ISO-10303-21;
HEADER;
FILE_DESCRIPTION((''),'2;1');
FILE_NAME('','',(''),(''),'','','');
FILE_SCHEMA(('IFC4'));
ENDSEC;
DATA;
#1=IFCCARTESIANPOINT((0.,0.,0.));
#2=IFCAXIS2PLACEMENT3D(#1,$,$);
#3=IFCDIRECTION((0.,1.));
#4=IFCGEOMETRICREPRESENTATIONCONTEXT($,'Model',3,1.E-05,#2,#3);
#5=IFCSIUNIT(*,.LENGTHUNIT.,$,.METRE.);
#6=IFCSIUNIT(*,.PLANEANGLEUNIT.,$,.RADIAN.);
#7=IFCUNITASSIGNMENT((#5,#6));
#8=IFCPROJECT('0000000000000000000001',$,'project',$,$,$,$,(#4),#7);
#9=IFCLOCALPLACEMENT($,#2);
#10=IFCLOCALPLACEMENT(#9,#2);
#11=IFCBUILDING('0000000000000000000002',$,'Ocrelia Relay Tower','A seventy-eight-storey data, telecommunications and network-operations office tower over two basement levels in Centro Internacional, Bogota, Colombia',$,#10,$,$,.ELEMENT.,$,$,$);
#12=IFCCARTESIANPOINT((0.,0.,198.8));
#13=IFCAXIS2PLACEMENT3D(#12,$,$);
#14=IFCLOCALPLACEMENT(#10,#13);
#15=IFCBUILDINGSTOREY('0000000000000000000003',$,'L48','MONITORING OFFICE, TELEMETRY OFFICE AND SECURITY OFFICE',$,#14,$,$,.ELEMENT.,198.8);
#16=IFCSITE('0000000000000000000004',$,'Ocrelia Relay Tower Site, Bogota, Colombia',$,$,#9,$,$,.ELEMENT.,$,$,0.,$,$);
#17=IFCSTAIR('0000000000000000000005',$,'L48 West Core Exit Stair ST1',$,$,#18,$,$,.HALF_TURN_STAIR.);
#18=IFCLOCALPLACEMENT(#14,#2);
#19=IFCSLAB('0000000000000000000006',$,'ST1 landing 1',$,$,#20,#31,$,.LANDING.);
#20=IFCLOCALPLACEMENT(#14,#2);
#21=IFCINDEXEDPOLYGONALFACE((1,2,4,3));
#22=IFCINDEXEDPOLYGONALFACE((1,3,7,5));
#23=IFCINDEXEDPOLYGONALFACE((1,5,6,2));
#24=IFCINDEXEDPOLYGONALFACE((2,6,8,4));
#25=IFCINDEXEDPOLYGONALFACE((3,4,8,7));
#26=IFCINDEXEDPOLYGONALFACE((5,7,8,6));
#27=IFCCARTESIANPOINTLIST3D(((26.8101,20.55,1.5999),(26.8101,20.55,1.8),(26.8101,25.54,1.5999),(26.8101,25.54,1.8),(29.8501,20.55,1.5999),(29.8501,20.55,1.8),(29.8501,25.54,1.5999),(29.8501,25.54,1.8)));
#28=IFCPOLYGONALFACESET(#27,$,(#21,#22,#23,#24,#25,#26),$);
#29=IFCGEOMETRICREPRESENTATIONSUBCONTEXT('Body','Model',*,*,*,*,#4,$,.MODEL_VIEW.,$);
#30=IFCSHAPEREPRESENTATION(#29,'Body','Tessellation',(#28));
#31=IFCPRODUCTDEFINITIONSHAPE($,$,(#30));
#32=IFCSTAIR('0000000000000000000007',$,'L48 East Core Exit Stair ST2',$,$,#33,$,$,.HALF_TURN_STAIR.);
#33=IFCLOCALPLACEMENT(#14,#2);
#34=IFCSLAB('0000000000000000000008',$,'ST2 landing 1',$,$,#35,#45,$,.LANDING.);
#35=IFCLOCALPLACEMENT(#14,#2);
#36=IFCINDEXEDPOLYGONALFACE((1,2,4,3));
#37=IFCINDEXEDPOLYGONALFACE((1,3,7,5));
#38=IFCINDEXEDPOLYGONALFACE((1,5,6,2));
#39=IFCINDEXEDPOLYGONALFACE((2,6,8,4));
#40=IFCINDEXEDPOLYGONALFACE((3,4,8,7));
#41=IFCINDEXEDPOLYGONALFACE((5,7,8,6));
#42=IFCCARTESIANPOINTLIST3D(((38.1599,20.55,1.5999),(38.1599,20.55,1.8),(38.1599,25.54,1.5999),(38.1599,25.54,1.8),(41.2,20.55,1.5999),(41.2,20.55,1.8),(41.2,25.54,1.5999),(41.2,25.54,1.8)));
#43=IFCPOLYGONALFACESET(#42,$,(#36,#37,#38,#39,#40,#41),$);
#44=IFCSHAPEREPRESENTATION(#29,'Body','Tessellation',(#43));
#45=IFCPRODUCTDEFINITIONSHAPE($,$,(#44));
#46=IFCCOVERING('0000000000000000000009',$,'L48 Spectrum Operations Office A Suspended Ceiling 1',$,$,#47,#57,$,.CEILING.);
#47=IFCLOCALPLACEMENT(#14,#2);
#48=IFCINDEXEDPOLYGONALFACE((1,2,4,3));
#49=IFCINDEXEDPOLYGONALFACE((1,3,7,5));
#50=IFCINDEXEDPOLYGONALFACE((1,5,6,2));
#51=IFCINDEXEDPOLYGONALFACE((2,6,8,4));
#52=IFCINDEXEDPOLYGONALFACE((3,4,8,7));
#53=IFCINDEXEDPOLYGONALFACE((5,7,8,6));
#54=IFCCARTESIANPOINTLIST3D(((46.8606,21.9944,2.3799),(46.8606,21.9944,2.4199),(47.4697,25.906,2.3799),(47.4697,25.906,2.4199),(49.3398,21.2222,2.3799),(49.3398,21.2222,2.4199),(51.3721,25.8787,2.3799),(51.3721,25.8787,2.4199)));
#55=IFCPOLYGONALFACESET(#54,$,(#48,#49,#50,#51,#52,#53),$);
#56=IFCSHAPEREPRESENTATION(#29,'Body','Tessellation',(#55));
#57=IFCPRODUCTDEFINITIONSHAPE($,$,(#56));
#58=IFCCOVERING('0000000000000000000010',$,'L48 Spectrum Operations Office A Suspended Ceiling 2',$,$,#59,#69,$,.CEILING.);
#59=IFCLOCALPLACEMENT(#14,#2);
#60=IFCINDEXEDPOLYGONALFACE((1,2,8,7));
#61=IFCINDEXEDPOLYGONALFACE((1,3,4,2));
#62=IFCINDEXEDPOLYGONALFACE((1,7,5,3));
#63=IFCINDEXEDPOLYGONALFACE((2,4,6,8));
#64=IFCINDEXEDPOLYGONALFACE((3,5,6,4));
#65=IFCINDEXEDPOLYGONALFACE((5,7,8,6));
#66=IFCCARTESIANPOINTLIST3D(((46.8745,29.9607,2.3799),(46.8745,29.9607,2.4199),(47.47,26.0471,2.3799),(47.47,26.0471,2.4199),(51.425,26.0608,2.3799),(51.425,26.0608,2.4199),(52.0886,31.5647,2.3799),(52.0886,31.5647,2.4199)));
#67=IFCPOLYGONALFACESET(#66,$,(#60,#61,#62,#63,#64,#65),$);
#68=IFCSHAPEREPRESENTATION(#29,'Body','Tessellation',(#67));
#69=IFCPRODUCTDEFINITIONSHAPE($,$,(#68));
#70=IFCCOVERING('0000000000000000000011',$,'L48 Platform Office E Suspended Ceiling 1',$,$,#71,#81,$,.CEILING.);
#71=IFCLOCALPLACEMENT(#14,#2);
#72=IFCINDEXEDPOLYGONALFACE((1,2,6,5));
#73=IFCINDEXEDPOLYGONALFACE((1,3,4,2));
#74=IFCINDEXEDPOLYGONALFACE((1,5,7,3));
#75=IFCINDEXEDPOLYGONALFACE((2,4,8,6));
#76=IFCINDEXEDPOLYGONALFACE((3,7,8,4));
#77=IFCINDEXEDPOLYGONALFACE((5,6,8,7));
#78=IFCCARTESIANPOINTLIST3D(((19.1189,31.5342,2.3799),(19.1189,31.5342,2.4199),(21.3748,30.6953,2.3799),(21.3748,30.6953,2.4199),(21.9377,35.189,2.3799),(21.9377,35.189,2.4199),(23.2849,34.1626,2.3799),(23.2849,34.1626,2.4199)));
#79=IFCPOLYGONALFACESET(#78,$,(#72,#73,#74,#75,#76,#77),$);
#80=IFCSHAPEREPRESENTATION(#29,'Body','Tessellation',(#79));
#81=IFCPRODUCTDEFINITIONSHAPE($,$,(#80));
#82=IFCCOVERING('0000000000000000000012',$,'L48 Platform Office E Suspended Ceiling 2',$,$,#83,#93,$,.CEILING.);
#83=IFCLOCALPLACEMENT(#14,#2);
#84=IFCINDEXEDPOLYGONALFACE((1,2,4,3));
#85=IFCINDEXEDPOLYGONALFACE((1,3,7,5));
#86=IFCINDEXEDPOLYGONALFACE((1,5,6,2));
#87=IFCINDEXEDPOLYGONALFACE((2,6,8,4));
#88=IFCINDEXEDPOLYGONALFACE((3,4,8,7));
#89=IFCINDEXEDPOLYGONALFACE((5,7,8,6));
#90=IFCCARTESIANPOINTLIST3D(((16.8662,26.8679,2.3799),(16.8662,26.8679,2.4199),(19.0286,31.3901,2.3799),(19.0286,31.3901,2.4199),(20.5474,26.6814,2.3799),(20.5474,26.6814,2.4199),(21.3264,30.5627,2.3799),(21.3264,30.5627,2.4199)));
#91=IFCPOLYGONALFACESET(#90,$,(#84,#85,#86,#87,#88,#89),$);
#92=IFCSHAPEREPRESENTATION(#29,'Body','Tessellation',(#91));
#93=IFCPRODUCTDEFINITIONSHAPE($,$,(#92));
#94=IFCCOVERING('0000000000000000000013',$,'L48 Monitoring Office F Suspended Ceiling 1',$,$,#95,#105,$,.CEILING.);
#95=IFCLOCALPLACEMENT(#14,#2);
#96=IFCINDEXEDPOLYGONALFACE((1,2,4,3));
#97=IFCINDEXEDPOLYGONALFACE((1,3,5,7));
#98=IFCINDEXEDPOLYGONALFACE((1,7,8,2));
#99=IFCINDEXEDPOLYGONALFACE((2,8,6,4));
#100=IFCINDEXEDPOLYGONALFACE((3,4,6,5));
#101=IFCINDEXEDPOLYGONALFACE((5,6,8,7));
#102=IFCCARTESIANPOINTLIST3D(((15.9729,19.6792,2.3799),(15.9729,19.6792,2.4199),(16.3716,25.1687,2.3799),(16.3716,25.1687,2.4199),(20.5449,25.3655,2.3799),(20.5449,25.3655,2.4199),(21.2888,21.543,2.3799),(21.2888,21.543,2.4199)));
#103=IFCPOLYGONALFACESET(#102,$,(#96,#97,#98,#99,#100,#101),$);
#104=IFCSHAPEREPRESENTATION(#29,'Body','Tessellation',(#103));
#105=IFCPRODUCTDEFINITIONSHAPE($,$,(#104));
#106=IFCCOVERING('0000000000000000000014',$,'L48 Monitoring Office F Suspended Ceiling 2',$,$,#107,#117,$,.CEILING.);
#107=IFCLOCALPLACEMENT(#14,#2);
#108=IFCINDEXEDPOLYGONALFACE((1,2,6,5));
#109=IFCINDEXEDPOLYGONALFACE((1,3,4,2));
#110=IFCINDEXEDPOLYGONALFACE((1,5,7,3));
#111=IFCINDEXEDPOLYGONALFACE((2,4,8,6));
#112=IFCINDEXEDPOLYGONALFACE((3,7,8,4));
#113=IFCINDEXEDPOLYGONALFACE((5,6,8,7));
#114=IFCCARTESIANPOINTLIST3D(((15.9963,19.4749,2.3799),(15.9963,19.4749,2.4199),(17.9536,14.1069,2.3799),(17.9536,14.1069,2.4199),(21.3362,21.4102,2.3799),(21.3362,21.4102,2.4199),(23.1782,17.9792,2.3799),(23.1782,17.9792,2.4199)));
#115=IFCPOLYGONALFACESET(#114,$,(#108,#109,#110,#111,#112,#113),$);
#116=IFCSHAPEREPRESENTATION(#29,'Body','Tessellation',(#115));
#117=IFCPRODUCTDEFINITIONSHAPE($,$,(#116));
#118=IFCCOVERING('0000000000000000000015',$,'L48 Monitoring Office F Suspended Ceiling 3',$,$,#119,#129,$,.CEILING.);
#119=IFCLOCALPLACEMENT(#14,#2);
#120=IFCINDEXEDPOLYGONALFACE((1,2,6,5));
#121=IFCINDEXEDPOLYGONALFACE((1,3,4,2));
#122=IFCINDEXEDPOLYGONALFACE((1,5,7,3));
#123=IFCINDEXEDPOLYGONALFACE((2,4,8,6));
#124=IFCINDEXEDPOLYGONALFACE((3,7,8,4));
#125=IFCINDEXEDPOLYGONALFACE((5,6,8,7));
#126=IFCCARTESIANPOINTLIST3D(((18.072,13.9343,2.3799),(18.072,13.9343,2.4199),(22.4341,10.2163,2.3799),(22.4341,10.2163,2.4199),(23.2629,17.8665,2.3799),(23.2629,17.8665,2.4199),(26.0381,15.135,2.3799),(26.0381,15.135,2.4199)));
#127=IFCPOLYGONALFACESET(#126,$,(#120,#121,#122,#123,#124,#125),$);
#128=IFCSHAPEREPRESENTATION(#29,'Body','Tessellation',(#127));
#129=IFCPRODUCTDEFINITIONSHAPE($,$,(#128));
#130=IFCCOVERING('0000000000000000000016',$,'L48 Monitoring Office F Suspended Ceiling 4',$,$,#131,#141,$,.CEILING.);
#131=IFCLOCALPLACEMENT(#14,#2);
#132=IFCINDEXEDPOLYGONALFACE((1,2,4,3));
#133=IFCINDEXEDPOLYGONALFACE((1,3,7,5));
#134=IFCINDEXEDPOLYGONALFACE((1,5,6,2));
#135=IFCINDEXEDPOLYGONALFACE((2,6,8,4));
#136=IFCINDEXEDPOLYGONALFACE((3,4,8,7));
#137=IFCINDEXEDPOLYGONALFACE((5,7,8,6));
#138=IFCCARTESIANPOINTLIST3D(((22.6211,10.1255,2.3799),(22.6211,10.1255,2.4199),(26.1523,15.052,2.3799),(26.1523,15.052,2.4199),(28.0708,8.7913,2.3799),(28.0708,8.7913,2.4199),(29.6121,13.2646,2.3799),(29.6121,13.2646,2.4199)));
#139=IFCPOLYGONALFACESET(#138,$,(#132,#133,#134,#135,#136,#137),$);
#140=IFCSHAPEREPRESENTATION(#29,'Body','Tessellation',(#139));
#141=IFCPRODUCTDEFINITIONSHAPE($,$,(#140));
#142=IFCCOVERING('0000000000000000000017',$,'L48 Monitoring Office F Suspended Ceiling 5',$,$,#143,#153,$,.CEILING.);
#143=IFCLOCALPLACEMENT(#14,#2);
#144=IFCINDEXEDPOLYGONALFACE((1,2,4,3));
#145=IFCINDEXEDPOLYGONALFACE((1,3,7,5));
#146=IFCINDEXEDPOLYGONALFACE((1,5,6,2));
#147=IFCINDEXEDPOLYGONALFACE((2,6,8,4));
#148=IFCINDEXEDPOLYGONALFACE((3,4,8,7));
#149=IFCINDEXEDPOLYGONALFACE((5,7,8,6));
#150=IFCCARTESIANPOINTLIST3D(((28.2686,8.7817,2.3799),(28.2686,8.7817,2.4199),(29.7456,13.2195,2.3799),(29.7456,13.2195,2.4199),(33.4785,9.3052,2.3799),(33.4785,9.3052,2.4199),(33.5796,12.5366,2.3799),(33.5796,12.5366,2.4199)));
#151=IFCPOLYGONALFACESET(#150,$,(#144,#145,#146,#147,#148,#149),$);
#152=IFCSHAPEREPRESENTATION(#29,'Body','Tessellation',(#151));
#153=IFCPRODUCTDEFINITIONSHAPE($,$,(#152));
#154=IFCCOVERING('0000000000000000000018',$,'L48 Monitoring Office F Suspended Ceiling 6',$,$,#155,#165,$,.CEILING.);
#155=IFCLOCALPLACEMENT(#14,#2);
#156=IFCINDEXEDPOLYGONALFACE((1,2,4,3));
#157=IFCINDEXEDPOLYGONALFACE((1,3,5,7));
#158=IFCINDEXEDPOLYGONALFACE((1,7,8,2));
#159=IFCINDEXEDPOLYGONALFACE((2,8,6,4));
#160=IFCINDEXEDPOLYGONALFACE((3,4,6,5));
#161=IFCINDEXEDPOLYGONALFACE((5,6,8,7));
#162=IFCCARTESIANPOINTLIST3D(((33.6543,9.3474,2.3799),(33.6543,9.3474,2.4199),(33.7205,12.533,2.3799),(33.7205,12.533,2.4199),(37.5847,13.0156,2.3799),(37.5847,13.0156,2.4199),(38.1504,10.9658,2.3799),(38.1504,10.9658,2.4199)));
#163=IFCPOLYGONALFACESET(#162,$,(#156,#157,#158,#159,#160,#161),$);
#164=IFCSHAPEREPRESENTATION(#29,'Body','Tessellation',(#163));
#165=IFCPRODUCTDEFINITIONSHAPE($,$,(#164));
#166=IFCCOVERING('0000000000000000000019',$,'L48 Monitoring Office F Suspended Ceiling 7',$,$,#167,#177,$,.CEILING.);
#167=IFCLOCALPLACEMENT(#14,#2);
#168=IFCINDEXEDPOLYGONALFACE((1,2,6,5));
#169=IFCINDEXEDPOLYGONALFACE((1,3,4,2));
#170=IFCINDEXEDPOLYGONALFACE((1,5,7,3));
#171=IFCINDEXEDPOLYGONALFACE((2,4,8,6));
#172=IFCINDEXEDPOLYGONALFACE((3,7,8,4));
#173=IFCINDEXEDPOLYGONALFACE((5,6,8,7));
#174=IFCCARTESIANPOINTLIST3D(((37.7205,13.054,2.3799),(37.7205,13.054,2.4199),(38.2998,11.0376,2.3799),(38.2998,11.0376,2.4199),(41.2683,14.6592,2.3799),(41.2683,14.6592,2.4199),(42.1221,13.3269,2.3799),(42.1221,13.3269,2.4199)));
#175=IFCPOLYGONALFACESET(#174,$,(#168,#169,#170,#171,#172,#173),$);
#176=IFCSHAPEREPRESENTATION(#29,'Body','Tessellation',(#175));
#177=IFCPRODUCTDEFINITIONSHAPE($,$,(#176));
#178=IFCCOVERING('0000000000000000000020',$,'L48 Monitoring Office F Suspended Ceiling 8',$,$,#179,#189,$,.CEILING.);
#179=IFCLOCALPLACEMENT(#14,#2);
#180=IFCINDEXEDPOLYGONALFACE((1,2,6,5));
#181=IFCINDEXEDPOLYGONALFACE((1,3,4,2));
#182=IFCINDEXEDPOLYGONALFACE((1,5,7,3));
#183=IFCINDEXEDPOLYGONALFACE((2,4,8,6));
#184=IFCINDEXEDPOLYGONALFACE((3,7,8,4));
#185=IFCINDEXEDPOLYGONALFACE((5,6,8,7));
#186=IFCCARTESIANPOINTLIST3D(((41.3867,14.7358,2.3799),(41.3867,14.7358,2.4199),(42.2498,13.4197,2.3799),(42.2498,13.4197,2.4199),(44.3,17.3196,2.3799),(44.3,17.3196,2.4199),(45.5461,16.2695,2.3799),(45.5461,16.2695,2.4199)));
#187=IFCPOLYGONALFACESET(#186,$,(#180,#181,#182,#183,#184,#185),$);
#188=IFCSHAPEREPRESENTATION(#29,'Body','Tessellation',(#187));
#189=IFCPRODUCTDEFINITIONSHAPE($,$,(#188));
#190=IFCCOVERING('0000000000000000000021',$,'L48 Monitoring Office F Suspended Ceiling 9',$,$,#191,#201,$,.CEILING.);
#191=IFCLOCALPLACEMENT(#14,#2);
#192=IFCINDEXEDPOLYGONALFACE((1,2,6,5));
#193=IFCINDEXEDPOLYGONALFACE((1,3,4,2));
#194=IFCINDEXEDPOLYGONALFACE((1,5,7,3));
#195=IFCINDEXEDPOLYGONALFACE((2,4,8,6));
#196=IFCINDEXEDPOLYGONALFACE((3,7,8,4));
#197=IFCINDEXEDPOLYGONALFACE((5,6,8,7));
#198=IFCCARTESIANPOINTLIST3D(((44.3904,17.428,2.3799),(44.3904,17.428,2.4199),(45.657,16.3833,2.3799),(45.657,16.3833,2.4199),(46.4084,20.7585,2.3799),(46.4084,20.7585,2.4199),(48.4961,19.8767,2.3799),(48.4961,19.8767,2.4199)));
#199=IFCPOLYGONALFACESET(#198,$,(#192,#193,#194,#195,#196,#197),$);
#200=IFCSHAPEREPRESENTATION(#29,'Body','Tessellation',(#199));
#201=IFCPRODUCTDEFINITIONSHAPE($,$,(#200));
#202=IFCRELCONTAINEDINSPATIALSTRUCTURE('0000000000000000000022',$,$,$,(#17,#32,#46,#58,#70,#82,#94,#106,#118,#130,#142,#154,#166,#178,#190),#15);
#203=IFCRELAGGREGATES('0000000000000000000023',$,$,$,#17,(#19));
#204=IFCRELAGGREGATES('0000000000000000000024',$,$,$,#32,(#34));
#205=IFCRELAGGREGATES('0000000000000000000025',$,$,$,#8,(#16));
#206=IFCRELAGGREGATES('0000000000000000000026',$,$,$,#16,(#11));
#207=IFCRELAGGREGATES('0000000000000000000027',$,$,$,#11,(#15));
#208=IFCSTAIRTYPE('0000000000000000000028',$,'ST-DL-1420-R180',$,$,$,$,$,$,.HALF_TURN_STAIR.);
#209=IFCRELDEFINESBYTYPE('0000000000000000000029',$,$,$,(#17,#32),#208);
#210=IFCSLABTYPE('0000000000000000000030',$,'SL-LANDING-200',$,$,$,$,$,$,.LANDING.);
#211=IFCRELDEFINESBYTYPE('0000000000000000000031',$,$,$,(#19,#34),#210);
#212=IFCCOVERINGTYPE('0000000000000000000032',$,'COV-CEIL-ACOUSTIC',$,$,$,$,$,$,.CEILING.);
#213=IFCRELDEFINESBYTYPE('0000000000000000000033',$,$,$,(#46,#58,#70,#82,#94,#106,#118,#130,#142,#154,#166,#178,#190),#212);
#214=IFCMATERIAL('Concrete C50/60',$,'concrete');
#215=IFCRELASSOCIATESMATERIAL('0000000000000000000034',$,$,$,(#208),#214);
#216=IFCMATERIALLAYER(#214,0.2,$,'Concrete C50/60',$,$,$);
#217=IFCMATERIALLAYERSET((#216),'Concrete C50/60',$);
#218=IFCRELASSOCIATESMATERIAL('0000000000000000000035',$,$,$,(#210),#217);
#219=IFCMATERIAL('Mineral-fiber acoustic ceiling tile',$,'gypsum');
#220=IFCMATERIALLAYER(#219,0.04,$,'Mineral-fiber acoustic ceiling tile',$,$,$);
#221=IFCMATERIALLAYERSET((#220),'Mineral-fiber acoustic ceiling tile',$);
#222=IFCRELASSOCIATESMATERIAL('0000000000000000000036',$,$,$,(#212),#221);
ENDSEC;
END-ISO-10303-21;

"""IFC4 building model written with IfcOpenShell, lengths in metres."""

from ifc_helpers import new_model, si_unit, direction, frame, origin, place, context, subcontext, project, spatial, polyline, outline, extrude, material, layer, layer_set, type_object, element, aggregate, save


model = new_model("IFC4")

# Units and contexts
model_context = context("Model", 3, precision=1e-05, world=origin(), true_north=direction((0.0, 1.0)))
body_context = subcontext(model_context, "Body", "Model", "MODEL_VIEW")
ifc_project = project(units=[si_unit("LENGTHUNIT", "METRE"), si_unit("PLANEANGLEUNIT", "RADIAN")], contexts=[model_context])

# Site, building, storey
site_placement = place(None, origin())
site = spatial("IfcSite", under=ifc_project, at=site_placement, Name="Ocrelia Relay Tower Site, Bogota, Colombia", CompositionType="ELEMENT", RefElevation=0.0)
building_placement = place(site_placement, origin())
building = spatial("IfcBuilding", under=site, at=building_placement, Name="Ocrelia Relay Tower", Description="A seventy-eight-storey data, telecommunications and network-operations office tower over two basement levels in Centro Internacional, Bogota, Colombia", CompositionType="ELEMENT")
storey_placement = place(building_placement, frame((0.0, 0.0, 198.8)))
storey = spatial("IfcBuildingStorey", under=building, at=storey_placement, Name="L48", Description="MONITORING OFFICE, TELEMETRY OFFICE AND SECURITY OFFICE", CompositionType="ELEMENT", Elevation=198.8)

# Shared definitions
ifc_material_1 = material(Name="Concrete C50/60", Category="concrete")

# Stairs, slabs
stair_type = type_object("IfcStairType", Name="ST-DL-1420-R180", PredefinedType="HALF_TURN_STAIR", material=ifc_material_1)
stair_1_placement = place(storey_placement, origin())
stair_1 = element("IfcStair", 1, at=stair_1_placement, inside=storey, type_object=stair_type, Name="L48 West Core Exit Stair ST1", PredefinedType="HALF_TURN_STAIR")
ifc_layer_1 = layer(ifc_material_1, 0.2, Name="Concrete C50/60")
ifc_layer_set_1 = layer_set([ifc_layer_1], Name="Concrete C50/60")
slab_type_1 = type_object("IfcSlabType", Name="SL-LANDING-200", PredefinedType="LANDING", material=ifc_layer_set_1)
slab_1_placement = place(storey_placement, frame((0.0, 0.0, 1.5999)))
slab_1 = element("IfcSlab", 2, at=slab_1_placement, type_object=slab_type_1, Name="ST1 landing 1", PredefinedType="LANDING", context=body_context, shape_type="SweptSolid", body=[
    extrude(outline(polyline([(26.8101, 25.54), (26.8101, 20.55), (29.8501, 20.55), (29.8501, 25.54), (26.8101, 25.54)])), origin(), (0.0, 0.0, 1.0), 0.2002),
])
aggregate(stair_1, [slab_1])
stair_2_placement = place(storey_placement, origin())
stair_2 = element("IfcStair", 3, at=stair_2_placement, inside=storey, type_object=stair_type, Name="L48 East Core Exit Stair ST2", PredefinedType="HALF_TURN_STAIR")
slab_2_placement = place(storey_placement, frame((0.0, 0.0, 1.5999)))
slab_2 = element("IfcSlab", 4, at=slab_2_placement, type_object=slab_type_1, Name="ST2 landing 1", PredefinedType="LANDING", context=body_context, shape_type="SweptSolid", body=[
    extrude(outline(polyline([(38.1599, 25.54), (38.1599, 20.55), (41.2, 20.55), (41.2, 25.54), (38.1599, 25.54)])), origin(), (0.0, 0.0, 1.0), 0.2002),
])
aggregate(stair_2, [slab_2])

# Coverings
ifc_material_2 = material(Name="Mineral-fiber acoustic ceiling tile", Category="gypsum")
ifc_layer_2 = layer(ifc_material_2, 0.04, Name="Mineral-fiber acoustic ceiling tile")
ifc_layer_set_2 = layer_set([ifc_layer_2], Name="Mineral-fiber acoustic ceiling tile")
covering_type = type_object("IfcCoveringType", Name="COV-CEIL-ACOUSTIC", PredefinedType="CEILING", material=ifc_layer_set_2)
covering_1_placement = place(storey_placement, frame((0.0, 0.0, 2.3799)))
element("IfcCovering", 5, at=covering_1_placement, inside=storey, type_object=covering_type, Name="L48 Spectrum Operations Office A Suspended Ceiling 1", PredefinedType="CEILING", context=body_context, shape_type="SweptSolid", body=[
    extrude(outline(polyline([(46.8606, 21.9944), (49.3398, 21.2222), (51.3721, 25.8787), (47.4697, 25.906), (46.8606, 21.9944)])), origin(), (0.0, 0.0, 1.0), 0.04),
])
covering_2_placement = place(storey_placement, frame((0.0, 0.0, 2.3799)))
element("IfcCovering", 6, at=covering_2_placement, inside=storey, type_object=covering_type, Name="L48 Spectrum Operations Office A Suspended Ceiling 2", PredefinedType="CEILING", context=body_context, shape_type="SweptSolid", body=[
    extrude(outline(polyline([(47.47, 26.0471), (51.425, 26.0608), (52.0886, 31.5647), (46.8745, 29.9607), (47.47, 26.0471)])), origin(), (0.0, 0.0, 1.0), 0.04),
])
covering_3_placement = place(storey_placement, frame((0.0, 0.0, 2.3799)))
element("IfcCovering", 7, at=covering_3_placement, inside=storey, type_object=covering_type, Name="L48 Platform Office E Suspended Ceiling 1", PredefinedType="CEILING", context=body_context, shape_type="SweptSolid", body=[
    extrude(outline(polyline([(23.2849, 34.1626), (21.9377, 35.189), (19.1189, 31.5342), (21.3748, 30.6953), (23.2849, 34.1626)])), origin(), (0.0, 0.0, 1.0), 0.04),
])
covering_4_placement = place(storey_placement, frame((0.0, 0.0, 2.3799)))
element("IfcCovering", 8, at=covering_4_placement, inside=storey, type_object=covering_type, Name="L48 Platform Office E Suspended Ceiling 2", PredefinedType="CEILING", context=body_context, shape_type="SweptSolid", body=[
    extrude(outline(polyline([(21.3264, 30.5627), (19.0286, 31.3901), (16.8662, 26.8679), (20.5474, 26.6814), (21.3264, 30.5627)])), origin(), (0.0, 0.0, 1.0), 0.04),
])
covering_5_placement = place(storey_placement, frame((0.0, 0.0, 2.3799)))
element("IfcCovering", 9, at=covering_5_placement, inside=storey, type_object=covering_type, Name="L48 Monitoring Office F Suspended Ceiling 1", PredefinedType="CEILING", context=body_context, shape_type="SweptSolid", body=[
    extrude(outline(polyline([(20.5449, 25.3655), (16.3716, 25.1687), (15.9729, 19.6792), (21.2888, 21.543), (20.5449, 25.3655)])), origin(), (0.0, 0.0, 1.0), 0.04),
])
covering_6_placement = place(storey_placement, frame((0.0, 0.0, 2.3799)))
element("IfcCovering", 10, at=covering_6_placement, inside=storey, type_object=covering_type, Name="L48 Monitoring Office F Suspended Ceiling 2", PredefinedType="CEILING", context=body_context, shape_type="SweptSolid", body=[
    extrude(outline(polyline([(21.3362, 21.4102), (15.9963, 19.4749), (17.9536, 14.1069), (23.1782, 17.9792), (21.3362, 21.4102)])), origin(), (0.0, 0.0, 1.0), 0.04),
])
covering_7_placement = place(storey_placement, frame((0.0, 0.0, 2.3799)))
element("IfcCovering", 11, at=covering_7_placement, inside=storey, type_object=covering_type, Name="L48 Monitoring Office F Suspended Ceiling 3", PredefinedType="CEILING", context=body_context, shape_type="SweptSolid", body=[
    extrude(outline(polyline([(23.2629, 17.8665), (18.072, 13.9343), (22.4341, 10.2163), (26.0381, 15.135), (23.2629, 17.8665)])), origin(), (0.0, 0.0, 1.0), 0.04),
])
covering_8_placement = place(storey_placement, frame((0.0, 0.0, 2.3799)))
element("IfcCovering", 12, at=covering_8_placement, inside=storey, type_object=covering_type, Name="L48 Monitoring Office F Suspended Ceiling 4", PredefinedType="CEILING", context=body_context, shape_type="SweptSolid", body=[
    extrude(outline(polyline([(26.1523, 15.052), (22.6211, 10.1255), (28.0708, 8.7913), (29.6121, 13.2646), (26.1523, 15.052)])), origin(), (0.0, 0.0, 1.0), 0.04),
])
covering_9_placement = place(storey_placement, frame((0.0, 0.0, 2.3799)))
element("IfcCovering", 13, at=covering_9_placement, inside=storey, type_object=covering_type, Name="L48 Monitoring Office F Suspended Ceiling 5", PredefinedType="CEILING", context=body_context, shape_type="SweptSolid", body=[
    extrude(outline(polyline([(29.7456, 13.2195), (28.2686, 8.7817), (33.4785, 9.3052), (33.5796, 12.5366), (29.7456, 13.2195)])), origin(), (0.0, 0.0, 1.0), 0.04),
])
covering_10_placement = place(storey_placement, frame((0.0, 0.0, 2.3799)))
element("IfcCovering", 14, at=covering_10_placement, inside=storey, type_object=covering_type, Name="L48 Monitoring Office F Suspended Ceiling 6", PredefinedType="CEILING", context=body_context, shape_type="SweptSolid", body=[
    extrude(outline(polyline([(33.7205, 12.533), (33.6543, 9.3474), (38.1504, 10.9658), (37.5847, 13.0156), (33.7205, 12.533)])), origin(), (0.0, 0.0, 1.0), 0.04),
])
covering_11_placement = place(storey_placement, frame((0.0, 0.0, 2.3799)))
element("IfcCovering", 15, at=covering_11_placement, inside=storey, type_object=covering_type, Name="L48 Monitoring Office F Suspended Ceiling 7", PredefinedType="CEILING", context=body_context, shape_type="SweptSolid", body=[
    extrude(outline(polyline([(37.7205, 13.054), (38.2998, 11.0376), (42.1221, 13.3269), (41.2683, 14.6592), (37.7205, 13.054)])), origin(), (0.0, 0.0, 1.0), 0.04),
])
covering_12_placement = place(storey_placement, frame((0.0, 0.0, 2.3799)))
element("IfcCovering", 16, at=covering_12_placement, inside=storey, type_object=covering_type, Name="L48 Monitoring Office F Suspended Ceiling 8", PredefinedType="CEILING", context=body_context, shape_type="SweptSolid", body=[
    extrude(outline(polyline([(41.3867, 14.7358), (42.2498, 13.4197), (45.5461, 16.2695), (44.3, 17.3196), (41.3867, 14.7358)])), origin(), (0.0, 0.0, 1.0), 0.04),
])
covering_13_placement = place(storey_placement, frame((0.0, 0.0, 2.3799)))
element("IfcCovering", 17, at=covering_13_placement, inside=storey, type_object=covering_type, Name="L48 Monitoring Office F Suspended Ceiling 9", PredefinedType="CEILING", context=body_context, shape_type="SweptSolid", body=[
    extrude(outline(polyline([(44.3904, 17.428), (45.657, 16.3833), (48.4961, 19.8767), (46.4084, 20.7585), (44.3904, 17.428)])), origin(), (0.0, 0.0, 1.0), 0.04),
])

save(model, "model.ifc")
